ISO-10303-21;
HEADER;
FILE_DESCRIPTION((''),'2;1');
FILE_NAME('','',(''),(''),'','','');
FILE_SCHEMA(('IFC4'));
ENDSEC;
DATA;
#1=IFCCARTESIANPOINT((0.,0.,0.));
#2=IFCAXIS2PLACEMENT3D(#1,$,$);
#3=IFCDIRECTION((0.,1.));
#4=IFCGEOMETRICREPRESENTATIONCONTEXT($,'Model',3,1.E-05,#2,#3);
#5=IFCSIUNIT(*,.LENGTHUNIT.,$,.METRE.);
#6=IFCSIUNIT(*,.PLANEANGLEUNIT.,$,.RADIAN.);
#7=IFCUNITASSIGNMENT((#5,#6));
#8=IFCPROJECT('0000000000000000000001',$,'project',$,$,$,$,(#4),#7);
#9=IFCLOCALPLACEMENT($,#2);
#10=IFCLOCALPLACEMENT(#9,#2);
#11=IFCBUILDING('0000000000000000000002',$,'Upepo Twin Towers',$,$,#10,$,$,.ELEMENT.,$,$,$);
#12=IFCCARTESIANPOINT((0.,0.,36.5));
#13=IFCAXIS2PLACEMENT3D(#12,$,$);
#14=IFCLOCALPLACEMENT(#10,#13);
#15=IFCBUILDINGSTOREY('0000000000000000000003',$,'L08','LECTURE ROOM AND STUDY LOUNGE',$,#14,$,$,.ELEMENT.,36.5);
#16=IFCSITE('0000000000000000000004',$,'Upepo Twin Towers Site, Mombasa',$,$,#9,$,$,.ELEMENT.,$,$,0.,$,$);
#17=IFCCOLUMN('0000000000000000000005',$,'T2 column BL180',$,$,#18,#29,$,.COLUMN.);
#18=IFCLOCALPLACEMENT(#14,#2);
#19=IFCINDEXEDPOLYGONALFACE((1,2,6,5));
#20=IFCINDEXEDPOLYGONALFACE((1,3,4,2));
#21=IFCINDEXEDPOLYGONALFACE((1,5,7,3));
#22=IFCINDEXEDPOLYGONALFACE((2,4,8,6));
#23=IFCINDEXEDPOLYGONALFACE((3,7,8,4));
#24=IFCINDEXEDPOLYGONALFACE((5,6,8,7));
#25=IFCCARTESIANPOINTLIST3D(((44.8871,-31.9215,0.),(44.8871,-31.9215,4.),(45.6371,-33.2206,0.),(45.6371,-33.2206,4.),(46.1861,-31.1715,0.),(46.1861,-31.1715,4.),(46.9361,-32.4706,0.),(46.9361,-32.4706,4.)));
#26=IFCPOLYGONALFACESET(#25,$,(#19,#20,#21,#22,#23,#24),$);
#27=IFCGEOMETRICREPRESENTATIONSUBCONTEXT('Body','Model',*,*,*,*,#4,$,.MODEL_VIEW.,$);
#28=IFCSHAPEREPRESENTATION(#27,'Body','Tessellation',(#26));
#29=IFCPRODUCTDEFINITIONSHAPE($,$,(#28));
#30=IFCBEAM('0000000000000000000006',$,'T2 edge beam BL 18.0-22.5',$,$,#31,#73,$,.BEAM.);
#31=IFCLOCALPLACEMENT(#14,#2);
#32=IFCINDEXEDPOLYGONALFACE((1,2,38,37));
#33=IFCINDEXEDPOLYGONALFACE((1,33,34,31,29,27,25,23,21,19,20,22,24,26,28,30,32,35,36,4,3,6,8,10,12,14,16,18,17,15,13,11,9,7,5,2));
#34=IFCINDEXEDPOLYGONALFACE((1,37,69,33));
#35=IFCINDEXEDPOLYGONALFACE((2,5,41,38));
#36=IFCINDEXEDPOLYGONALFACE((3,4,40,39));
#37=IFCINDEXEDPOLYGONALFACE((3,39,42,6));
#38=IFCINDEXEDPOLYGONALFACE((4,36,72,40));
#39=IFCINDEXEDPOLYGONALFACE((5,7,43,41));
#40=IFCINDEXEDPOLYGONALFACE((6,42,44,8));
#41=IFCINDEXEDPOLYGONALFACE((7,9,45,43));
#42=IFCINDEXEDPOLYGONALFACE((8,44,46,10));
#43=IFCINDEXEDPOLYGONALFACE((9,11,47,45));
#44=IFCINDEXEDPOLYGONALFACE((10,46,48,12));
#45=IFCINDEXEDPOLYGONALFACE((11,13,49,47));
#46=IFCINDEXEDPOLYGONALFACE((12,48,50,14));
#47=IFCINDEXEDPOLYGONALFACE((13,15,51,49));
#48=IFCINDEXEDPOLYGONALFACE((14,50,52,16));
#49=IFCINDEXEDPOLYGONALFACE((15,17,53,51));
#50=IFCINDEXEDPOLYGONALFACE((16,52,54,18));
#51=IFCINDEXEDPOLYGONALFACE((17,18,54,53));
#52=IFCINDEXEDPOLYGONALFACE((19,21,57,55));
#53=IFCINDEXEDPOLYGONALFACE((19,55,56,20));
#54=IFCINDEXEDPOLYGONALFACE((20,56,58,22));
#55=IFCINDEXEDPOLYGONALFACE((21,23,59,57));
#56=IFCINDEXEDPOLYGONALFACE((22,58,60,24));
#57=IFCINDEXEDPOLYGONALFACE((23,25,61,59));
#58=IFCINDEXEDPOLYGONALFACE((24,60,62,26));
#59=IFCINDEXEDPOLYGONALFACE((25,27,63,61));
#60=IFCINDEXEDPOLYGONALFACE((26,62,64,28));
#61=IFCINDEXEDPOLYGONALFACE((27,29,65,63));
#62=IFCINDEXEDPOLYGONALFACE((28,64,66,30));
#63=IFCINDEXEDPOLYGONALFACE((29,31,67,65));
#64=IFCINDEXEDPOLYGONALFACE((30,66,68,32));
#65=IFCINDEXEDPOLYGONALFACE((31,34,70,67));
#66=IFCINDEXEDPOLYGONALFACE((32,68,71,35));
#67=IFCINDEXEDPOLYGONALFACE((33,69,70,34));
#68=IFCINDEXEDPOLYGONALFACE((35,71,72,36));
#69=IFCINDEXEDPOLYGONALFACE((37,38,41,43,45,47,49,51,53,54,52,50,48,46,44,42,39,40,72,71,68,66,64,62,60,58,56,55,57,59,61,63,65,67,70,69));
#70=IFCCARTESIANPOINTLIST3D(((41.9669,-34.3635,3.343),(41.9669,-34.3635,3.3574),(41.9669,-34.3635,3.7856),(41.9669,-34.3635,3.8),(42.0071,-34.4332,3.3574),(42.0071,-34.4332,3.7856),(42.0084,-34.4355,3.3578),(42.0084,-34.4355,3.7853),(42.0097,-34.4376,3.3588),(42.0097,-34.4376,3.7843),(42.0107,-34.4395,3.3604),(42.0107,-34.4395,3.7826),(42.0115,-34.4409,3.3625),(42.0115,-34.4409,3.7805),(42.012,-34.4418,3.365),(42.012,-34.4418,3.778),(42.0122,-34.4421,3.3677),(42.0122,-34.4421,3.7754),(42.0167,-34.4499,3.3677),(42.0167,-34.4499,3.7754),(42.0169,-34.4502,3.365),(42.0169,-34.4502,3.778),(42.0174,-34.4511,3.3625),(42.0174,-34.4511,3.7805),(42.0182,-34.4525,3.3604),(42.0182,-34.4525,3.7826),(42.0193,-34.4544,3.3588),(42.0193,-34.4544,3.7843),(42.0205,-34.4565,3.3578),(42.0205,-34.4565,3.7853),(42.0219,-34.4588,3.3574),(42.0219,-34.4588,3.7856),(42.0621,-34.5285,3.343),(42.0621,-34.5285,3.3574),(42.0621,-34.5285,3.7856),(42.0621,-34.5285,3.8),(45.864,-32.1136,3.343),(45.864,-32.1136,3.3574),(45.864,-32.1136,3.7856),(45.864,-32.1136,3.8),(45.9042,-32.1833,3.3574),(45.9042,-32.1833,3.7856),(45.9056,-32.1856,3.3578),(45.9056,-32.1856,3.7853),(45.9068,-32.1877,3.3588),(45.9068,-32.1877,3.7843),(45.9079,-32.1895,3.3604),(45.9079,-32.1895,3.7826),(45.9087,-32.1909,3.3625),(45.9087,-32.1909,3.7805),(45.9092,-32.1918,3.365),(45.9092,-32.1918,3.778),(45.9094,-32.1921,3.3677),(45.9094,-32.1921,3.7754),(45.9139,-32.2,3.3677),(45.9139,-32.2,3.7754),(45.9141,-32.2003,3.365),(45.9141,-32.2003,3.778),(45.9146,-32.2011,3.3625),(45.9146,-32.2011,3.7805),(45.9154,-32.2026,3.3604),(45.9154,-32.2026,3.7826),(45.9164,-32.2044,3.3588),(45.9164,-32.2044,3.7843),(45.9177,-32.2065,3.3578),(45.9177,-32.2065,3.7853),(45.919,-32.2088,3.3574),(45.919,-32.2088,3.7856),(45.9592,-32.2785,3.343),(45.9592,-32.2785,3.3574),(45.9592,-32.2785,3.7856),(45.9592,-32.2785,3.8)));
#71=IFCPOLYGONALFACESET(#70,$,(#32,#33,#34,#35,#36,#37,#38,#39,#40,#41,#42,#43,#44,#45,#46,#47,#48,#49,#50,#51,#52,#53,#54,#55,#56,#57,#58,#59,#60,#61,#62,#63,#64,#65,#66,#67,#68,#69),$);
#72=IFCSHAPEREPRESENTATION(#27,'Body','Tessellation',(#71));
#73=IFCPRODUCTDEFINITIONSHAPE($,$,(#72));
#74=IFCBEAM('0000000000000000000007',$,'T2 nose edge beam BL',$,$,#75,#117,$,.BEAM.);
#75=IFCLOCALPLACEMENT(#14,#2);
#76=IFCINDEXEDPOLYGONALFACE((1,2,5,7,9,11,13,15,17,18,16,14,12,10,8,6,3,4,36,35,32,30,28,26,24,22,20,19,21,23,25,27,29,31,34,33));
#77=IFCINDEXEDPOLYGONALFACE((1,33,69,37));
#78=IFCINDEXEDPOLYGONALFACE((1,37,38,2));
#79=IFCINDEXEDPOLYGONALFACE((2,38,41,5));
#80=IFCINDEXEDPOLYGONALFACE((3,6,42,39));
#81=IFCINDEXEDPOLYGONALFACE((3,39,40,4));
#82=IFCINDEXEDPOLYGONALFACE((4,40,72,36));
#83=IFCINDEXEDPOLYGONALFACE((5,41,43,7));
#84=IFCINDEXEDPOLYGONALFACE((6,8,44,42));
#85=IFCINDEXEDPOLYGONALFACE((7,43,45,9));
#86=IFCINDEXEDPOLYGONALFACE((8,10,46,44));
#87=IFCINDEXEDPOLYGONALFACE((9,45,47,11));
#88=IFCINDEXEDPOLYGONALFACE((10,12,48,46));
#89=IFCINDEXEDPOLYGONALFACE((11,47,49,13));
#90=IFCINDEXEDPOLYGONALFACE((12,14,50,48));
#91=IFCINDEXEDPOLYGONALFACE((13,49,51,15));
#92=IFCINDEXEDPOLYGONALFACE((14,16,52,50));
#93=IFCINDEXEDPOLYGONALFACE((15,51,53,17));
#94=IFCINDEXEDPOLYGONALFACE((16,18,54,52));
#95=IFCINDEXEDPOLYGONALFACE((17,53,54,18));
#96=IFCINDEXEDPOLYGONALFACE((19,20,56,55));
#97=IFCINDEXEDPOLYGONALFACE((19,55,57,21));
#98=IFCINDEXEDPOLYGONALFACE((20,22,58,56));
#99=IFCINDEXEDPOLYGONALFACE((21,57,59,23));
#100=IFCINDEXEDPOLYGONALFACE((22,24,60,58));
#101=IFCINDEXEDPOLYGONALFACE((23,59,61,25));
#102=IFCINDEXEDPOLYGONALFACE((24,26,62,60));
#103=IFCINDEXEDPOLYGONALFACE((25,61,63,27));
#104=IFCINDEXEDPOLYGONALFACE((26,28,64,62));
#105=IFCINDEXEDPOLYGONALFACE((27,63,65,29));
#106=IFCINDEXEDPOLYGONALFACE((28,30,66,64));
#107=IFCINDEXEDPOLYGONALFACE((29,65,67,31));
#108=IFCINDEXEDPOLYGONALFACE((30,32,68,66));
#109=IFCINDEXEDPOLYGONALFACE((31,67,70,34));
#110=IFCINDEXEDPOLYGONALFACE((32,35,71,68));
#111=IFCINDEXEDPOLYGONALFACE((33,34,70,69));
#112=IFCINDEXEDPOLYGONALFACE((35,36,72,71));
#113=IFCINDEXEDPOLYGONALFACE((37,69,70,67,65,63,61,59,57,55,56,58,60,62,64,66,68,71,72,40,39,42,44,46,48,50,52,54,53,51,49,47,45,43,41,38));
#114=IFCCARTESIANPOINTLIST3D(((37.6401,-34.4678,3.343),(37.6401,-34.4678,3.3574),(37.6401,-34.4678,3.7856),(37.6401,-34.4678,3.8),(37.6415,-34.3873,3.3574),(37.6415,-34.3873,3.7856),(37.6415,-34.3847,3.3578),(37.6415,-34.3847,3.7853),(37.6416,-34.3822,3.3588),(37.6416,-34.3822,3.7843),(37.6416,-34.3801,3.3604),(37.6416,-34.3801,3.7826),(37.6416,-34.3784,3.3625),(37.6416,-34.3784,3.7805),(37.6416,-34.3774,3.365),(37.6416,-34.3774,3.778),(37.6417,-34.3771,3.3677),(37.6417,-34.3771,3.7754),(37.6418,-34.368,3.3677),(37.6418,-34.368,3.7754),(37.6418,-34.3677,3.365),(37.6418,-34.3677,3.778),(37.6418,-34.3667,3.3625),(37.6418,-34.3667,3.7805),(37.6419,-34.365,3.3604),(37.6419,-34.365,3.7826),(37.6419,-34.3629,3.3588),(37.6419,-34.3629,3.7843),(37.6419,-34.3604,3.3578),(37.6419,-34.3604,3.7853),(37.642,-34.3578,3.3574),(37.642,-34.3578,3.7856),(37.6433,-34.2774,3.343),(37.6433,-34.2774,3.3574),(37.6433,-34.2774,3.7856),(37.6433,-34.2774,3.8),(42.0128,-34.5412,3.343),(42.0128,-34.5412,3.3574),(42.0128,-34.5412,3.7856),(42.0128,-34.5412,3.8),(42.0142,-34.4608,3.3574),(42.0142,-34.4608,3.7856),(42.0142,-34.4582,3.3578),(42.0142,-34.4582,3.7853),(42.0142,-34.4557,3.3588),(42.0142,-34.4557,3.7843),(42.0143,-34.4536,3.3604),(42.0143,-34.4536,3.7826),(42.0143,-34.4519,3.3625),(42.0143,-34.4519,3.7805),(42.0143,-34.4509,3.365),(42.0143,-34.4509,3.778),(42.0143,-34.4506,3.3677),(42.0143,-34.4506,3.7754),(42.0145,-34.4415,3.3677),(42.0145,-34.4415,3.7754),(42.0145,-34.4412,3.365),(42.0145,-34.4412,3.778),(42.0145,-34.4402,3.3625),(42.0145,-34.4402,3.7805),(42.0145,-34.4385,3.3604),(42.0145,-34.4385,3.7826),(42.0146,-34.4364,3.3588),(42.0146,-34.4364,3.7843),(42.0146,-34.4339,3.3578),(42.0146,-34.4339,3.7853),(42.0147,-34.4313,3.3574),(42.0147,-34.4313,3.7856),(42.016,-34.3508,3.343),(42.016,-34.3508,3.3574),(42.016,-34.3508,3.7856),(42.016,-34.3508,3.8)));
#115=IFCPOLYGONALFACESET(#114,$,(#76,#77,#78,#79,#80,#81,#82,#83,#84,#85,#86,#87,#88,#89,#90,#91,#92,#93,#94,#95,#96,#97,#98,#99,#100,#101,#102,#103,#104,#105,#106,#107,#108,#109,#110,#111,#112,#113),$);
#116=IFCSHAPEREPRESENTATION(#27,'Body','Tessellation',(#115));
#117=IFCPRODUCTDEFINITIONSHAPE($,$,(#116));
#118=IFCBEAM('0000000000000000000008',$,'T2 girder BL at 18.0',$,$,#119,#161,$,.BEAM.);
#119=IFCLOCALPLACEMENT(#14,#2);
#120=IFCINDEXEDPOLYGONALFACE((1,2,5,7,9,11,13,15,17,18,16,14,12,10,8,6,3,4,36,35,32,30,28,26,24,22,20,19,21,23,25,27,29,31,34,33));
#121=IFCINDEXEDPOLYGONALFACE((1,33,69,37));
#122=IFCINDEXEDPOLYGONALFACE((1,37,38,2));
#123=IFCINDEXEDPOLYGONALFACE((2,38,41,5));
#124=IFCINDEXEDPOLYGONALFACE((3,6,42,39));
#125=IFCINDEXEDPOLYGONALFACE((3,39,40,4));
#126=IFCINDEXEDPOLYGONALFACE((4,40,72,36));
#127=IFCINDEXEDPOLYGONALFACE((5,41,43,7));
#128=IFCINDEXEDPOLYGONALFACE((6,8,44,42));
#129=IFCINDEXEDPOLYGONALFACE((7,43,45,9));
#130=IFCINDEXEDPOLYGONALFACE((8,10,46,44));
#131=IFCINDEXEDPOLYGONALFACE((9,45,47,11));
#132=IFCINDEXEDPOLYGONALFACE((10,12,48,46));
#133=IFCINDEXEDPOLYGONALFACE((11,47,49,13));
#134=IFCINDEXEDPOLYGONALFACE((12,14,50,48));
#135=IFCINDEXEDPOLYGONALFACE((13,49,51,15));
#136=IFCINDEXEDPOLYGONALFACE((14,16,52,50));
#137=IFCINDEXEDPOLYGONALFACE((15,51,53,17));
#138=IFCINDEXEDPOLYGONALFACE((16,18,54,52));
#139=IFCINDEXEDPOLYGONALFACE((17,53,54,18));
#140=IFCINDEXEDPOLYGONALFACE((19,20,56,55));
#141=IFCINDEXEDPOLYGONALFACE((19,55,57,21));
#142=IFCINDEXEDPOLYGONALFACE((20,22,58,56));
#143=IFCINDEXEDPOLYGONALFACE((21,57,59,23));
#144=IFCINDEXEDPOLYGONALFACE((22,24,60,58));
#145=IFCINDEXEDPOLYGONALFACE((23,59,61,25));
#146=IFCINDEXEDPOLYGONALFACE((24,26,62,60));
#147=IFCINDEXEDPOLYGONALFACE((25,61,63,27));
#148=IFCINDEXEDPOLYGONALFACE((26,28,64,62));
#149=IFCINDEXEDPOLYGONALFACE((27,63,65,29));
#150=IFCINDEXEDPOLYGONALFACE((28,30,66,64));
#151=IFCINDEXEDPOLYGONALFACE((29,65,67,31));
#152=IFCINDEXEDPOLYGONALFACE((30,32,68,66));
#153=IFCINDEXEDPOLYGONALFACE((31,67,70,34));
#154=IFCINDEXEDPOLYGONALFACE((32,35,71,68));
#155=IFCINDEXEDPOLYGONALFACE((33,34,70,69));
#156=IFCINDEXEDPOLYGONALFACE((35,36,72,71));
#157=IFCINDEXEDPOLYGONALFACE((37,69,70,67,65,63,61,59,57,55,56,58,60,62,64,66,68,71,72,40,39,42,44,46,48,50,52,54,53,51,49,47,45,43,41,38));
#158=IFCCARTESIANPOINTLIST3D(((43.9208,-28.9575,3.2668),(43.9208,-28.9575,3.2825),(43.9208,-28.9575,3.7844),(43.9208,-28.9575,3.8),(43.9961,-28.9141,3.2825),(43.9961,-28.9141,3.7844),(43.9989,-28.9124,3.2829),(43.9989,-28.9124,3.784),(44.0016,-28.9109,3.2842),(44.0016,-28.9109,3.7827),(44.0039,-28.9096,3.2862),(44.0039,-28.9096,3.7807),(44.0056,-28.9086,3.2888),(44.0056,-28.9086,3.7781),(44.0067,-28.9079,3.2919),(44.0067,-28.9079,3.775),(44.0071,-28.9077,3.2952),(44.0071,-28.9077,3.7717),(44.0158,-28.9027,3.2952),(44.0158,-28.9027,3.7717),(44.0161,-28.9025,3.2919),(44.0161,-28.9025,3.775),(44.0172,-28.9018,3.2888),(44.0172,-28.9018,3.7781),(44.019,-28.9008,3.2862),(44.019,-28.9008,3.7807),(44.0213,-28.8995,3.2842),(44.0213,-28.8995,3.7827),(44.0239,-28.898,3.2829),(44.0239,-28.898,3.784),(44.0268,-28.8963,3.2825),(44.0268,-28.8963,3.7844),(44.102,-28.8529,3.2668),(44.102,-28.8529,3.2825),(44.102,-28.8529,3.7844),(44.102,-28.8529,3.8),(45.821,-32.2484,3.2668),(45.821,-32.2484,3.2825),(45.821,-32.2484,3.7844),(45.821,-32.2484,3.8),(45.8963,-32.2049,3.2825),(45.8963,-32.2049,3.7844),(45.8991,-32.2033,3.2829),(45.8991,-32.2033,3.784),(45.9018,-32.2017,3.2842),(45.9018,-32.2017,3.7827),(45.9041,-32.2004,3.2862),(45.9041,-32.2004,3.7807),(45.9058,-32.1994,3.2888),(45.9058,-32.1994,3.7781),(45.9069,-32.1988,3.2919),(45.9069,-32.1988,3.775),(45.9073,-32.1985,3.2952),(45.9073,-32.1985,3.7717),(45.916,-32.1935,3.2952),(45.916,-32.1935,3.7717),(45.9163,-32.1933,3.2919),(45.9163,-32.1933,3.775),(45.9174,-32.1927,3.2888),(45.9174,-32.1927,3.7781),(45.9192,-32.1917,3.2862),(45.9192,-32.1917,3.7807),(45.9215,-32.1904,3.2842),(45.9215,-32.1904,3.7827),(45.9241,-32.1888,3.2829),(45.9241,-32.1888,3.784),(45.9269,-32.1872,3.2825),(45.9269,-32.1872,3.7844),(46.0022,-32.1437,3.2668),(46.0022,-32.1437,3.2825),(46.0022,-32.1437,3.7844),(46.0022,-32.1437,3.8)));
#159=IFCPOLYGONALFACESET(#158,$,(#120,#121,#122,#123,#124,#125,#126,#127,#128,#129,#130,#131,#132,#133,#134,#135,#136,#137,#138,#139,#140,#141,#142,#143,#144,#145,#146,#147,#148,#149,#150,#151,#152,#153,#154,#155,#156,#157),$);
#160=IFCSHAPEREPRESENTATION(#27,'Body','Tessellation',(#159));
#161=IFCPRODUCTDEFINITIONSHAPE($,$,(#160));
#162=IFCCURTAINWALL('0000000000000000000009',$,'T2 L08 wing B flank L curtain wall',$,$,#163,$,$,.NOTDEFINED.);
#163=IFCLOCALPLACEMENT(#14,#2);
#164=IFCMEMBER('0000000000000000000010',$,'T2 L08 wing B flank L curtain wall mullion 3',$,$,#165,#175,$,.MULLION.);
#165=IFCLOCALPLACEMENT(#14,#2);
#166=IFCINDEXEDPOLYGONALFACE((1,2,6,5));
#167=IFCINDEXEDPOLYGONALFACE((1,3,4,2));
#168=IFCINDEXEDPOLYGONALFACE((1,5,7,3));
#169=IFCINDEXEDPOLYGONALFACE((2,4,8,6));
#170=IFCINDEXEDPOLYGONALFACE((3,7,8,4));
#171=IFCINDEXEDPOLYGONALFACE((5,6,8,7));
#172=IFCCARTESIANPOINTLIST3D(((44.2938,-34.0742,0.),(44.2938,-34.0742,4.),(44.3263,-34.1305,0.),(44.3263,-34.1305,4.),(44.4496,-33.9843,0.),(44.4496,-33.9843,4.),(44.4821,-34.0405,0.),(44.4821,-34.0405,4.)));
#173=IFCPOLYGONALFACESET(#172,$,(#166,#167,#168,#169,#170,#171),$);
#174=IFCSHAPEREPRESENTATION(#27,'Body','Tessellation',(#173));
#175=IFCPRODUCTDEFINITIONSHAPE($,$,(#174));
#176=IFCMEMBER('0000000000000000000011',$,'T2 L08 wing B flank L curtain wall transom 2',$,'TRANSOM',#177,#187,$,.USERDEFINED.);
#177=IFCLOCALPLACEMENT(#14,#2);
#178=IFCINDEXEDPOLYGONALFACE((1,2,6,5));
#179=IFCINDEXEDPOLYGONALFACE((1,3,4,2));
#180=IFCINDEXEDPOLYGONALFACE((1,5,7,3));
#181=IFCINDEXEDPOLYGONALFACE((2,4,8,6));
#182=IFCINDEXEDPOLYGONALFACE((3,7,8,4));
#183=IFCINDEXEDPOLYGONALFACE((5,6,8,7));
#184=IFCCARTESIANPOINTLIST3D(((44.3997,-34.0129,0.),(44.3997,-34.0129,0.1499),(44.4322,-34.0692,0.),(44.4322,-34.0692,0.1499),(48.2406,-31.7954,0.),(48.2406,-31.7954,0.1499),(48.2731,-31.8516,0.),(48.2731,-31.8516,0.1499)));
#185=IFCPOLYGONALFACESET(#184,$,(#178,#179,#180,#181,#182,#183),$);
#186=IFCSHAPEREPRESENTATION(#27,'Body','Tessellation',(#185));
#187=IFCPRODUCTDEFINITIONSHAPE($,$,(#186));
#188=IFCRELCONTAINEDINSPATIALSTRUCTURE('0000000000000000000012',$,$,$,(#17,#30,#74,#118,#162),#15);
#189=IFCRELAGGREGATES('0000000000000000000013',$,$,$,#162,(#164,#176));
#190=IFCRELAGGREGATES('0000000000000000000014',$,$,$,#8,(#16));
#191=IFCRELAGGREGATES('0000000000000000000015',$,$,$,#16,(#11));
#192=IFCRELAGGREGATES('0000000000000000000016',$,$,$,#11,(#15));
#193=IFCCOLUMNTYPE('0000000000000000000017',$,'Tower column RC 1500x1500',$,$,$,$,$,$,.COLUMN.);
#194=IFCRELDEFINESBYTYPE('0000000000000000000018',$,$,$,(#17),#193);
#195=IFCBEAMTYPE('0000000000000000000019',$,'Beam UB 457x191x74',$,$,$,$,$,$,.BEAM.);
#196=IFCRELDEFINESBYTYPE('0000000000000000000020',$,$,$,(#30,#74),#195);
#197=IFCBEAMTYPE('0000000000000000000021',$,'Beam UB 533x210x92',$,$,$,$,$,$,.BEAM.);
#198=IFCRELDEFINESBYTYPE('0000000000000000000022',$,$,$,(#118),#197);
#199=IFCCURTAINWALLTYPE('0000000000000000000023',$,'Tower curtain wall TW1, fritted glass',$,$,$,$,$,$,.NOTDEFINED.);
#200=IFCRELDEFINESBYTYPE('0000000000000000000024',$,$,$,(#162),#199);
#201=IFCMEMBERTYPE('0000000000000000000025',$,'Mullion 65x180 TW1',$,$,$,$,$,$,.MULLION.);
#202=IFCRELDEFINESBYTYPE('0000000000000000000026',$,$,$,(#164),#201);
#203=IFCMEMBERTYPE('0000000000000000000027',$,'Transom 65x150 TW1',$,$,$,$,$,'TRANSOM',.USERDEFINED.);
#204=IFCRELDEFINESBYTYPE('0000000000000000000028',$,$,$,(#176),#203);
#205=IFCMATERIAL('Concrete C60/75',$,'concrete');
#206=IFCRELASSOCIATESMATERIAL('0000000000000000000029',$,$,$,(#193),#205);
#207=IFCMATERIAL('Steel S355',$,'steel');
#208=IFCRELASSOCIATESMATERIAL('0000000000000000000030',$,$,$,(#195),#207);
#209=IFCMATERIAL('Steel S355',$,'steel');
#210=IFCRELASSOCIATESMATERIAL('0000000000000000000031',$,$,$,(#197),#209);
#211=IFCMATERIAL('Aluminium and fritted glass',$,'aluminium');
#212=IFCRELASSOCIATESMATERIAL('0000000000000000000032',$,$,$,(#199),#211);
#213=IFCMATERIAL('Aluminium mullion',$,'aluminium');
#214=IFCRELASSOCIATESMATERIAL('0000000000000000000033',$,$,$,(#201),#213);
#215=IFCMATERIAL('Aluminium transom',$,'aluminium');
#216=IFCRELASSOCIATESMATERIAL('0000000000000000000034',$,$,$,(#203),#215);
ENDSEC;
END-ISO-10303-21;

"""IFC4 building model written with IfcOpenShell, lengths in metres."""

from ifc_helpers import new_model, si_unit, direction, frame, origin, origin_2d, place, context, subcontext, project, spatial, rectangle, i_section, extrude, material, material_profile, profile_set, type_object, element, aggregate, save


model = new_model("IFC4")

# Units and contexts
model_context = context("Model", 3, precision=1e-05, world=origin(), true_north=direction((0.0, 1.0)))
body_context = subcontext(model_context, "Body", "Model", "MODEL_VIEW")
ifc_project = project(units=[si_unit("LENGTHUNIT", "METRE"), si_unit("PLANEANGLEUNIT", "RADIAN")], contexts=[model_context])

# Site, building, storey
site_placement = place(None, origin())
site = spatial("IfcSite", under=ifc_project, at=site_placement, Name="Upepo Twin Towers Site, Mombasa", CompositionType="ELEMENT", RefElevation=0.0)
building_placement = place(site_placement, origin())
building = spatial("IfcBuilding", under=site, at=building_placement, Name="Upepo Twin Towers", CompositionType="ELEMENT")
storey_placement = place(building_placement, frame((0.0, 0.0, 36.5)))
storey = spatial("IfcBuildingStorey", under=building, at=storey_placement, Name="L08", Description="LECTURE ROOM AND STUDY LOUNGE", CompositionType="ELEMENT", Elevation=36.5)

# Column
ifc_material_1 = material(Name="Concrete C60/75", Category="concrete")
ifc_material_profile_1 = material_profile(ifc_material_1, rectangle(XDim=1.5, YDim=1.5, at=origin_2d()), Name="RC 1500x1500")
ifc_profile_set_1 = profile_set([ifc_material_profile_1], Name="Concrete C60/75")
column_type = type_object("IfcColumnType", Name="Tower column RC 1500x1500", PredefinedType="COLUMN", material=ifc_profile_set_1)
column_placement = place(storey_placement, frame((45.9116, -32.196, 0.0), z_axis=(0.0, 0.0, 1.0), x_axis=(0.866025, 0.5, 0.0)))
element("IfcColumn", 1, at=column_placement, inside=storey, type_object=column_type, Name="T2 column BL180", PredefinedType="COLUMN", context=body_context, shape_type="SweptSolid", body=[
    extrude(rectangle(XDim=1.5, YDim=1.5, at=origin_2d()), origin(), (0.0, 0.0, 1.0), 4.0),
])

# Beams
ifc_material_2 = material(Name="Steel S355", Category="steel")
ifc_material_profile_2 = material_profile(ifc_material_2, i_section(OverallWidth=0.1904, OverallDepth=0.457, WebThickness=0.009, FlangeThickness=0.0144, FilletRadius=0.0103, at=origin_2d()), Name="UB 457x191x74")
ifc_profile_set_2 = profile_set([ifc_material_profile_2], Name="Steel S355")
beam_type_1 = type_object("IfcBeamType", Name="Beam UB 457x191x74", PredefinedType="BEAM", material=ifc_profile_set_2)
beam_1_placement = place(storey_placement, frame((45.9116, -32.196, 3.5715), z_axis=(-0.866031, -0.49999, 0.0), x_axis=(0.49999, -0.866031, 0.0)))
element("IfcBeam", 2, at=beam_1_placement, inside=storey, type_object=beam_type_1, Name="T2 edge beam BL 18.0-22.5", PredefinedType="BEAM", context=body_context, shape_type="SweptSolid", body=[
    extrude(i_section(OverallWidth=0.1904, OverallDepth=0.457, WebThickness=0.009, FlangeThickness=0.0144, FilletRadius=0.0103, at=origin_2d()), origin(), (0.0, 0.0, 1.0), 4.5),
])
beam_2_placement = place(storey_placement, frame((42.0144, -34.446, 3.5715), z_axis=(-0.999859, 0.016804, 0.0), x_axis=(-0.016804, -0.999859, 0.0)))
element("IfcBeam", 3, at=beam_2_placement, inside=storey, type_object=beam_type_1, Name="T2 nose edge beam BL", PredefinedType="BEAM", context=body_context, shape_type="SweptSolid", body=[
    extrude(i_section(OverallWidth=0.1904, OverallDepth=0.457, WebThickness=0.009, FlangeThickness=0.0144, FilletRadius=0.0103, at=origin_2d()), origin(), (0.0, 0.0, 1.0), 4.3733),
])
ifc_material_3 = material(Name="Steel S355", Category="steel")
ifc_material_profile_3 = material_profile(ifc_material_3, i_section(OverallWidth=0.2092, OverallDepth=0.5332, WebThickness=0.01, FlangeThickness=0.0156, FilletRadius=0.0127, at=origin_2d()), Name="UB 533x210x92")
ifc_profile_set_3 = profile_set([ifc_material_profile_3], Name="Steel S355")
beam_type_2 = type_object("IfcBeamType", Name="Beam UB 533x210x92", PredefinedType="BEAM", material=ifc_profile_set_3)
beam_3_placement = place(storey_placement, frame((45.9116, -32.196, 3.5334), z_axis=(-0.500043, 0.866, 0.0), x_axis=(-0.866, -0.500043, 0.0)))
element("IfcBeam", 4, at=beam_3_placement, inside=storey, type_object=beam_type_2, Name="T2 girder BL at 18.0", PredefinedType="BEAM", context=body_context, shape_type="SweptSolid", body=[
    extrude(i_section(OverallWidth=0.2092, OverallDepth=0.5332, WebThickness=0.01, FlangeThickness=0.0156, FilletRadius=0.0127, at=origin_2d()), origin(), (0.0, 0.0, 1.0), 3.8),
])

# Curtain wall, members
ifc_material_4 = material(Name="Aluminium and fritted glass", Category="aluminium")
curtain_wall_type = type_object("IfcCurtainWallType", Name="Tower curtain wall TW1, fritted glass", PredefinedType="NOTDEFINED", material=ifc_material_4)
curtain_wall_placement = place(storey_placement, origin())
curtain_wall = element("IfcCurtainWall", 5, at=curtain_wall_placement, inside=storey, type_object=curtain_wall_type, Name="T2 L08 wing B flank L curtain wall", PredefinedType="NOTDEFINED")
ifc_material_5 = material(Name="Aluminium mullion", Category="aluminium")
ifc_material_profile_4 = material_profile(ifc_material_5, rectangle(XDim=0.0649, YDim=0.1799, at=origin_2d()), Name="MULLION 65x180")
ifc_profile_set_4 = profile_set([ifc_material_profile_4], Name="Aluminium mullion")
member_type_1 = type_object("IfcMemberType", Name="Mullion 65x180 TW1", PredefinedType="MULLION", material=ifc_profile_set_4)
member_1_placement = place(storey_placement, frame((44.3879, -34.0574, 0.0), z_axis=(0.0, 0.0, 1.0), x_axis=(0.5, -0.866025, 0.0)))
member_1 = element("IfcMember", 6, at=member_1_placement, type_object=member_type_1, Name="T2 L08 wing B flank L curtain wall mullion 3", PredefinedType="MULLION", context=body_context, shape_type="SweptSolid", body=[
    extrude(rectangle(XDim=0.0649, YDim=0.1799, at=origin_2d()), origin(), (0.0, 0.0, 1.0), 4.0),
])
ifc_material_6 = material(Name="Aluminium transom", Category="aluminium")
ifc_material_profile_5 = material_profile(ifc_material_6, rectangle(XDim=0.0649, YDim=0.1499, at=origin_2d()), Name="TRANSOM 65x150")
ifc_profile_set_5 = profile_set([ifc_material_profile_5], Name="Aluminium transom")
member_type_2 = type_object("IfcMemberType", Name="Transom 65x150 TW1", ElementType="TRANSOM", PredefinedType="USERDEFINED", material=ifc_profile_set_5)
member_2_placement = place(storey_placement, frame((48.2568, -31.8235, 0.075), z_axis=(-0.866022, -0.500005, 0.0), x_axis=(0.500005, -0.866022, 0.0)))
member_2 = element("IfcMember", 7, at=member_2_placement, type_object=member_type_2, Name="T2 L08 wing B flank L curtain wall transom 2", ObjectType="TRANSOM", PredefinedType="USERDEFINED", context=body_context, shape_type="SweptSolid", body=[
    extrude(rectangle(XDim=0.0649, YDim=0.1499, at=origin_2d()), origin(), (0.0, 0.0, 1.0), 4.4351),
])
aggregate(curtain_wall, [member_1, member_2])

save(model, "model.ifc")
